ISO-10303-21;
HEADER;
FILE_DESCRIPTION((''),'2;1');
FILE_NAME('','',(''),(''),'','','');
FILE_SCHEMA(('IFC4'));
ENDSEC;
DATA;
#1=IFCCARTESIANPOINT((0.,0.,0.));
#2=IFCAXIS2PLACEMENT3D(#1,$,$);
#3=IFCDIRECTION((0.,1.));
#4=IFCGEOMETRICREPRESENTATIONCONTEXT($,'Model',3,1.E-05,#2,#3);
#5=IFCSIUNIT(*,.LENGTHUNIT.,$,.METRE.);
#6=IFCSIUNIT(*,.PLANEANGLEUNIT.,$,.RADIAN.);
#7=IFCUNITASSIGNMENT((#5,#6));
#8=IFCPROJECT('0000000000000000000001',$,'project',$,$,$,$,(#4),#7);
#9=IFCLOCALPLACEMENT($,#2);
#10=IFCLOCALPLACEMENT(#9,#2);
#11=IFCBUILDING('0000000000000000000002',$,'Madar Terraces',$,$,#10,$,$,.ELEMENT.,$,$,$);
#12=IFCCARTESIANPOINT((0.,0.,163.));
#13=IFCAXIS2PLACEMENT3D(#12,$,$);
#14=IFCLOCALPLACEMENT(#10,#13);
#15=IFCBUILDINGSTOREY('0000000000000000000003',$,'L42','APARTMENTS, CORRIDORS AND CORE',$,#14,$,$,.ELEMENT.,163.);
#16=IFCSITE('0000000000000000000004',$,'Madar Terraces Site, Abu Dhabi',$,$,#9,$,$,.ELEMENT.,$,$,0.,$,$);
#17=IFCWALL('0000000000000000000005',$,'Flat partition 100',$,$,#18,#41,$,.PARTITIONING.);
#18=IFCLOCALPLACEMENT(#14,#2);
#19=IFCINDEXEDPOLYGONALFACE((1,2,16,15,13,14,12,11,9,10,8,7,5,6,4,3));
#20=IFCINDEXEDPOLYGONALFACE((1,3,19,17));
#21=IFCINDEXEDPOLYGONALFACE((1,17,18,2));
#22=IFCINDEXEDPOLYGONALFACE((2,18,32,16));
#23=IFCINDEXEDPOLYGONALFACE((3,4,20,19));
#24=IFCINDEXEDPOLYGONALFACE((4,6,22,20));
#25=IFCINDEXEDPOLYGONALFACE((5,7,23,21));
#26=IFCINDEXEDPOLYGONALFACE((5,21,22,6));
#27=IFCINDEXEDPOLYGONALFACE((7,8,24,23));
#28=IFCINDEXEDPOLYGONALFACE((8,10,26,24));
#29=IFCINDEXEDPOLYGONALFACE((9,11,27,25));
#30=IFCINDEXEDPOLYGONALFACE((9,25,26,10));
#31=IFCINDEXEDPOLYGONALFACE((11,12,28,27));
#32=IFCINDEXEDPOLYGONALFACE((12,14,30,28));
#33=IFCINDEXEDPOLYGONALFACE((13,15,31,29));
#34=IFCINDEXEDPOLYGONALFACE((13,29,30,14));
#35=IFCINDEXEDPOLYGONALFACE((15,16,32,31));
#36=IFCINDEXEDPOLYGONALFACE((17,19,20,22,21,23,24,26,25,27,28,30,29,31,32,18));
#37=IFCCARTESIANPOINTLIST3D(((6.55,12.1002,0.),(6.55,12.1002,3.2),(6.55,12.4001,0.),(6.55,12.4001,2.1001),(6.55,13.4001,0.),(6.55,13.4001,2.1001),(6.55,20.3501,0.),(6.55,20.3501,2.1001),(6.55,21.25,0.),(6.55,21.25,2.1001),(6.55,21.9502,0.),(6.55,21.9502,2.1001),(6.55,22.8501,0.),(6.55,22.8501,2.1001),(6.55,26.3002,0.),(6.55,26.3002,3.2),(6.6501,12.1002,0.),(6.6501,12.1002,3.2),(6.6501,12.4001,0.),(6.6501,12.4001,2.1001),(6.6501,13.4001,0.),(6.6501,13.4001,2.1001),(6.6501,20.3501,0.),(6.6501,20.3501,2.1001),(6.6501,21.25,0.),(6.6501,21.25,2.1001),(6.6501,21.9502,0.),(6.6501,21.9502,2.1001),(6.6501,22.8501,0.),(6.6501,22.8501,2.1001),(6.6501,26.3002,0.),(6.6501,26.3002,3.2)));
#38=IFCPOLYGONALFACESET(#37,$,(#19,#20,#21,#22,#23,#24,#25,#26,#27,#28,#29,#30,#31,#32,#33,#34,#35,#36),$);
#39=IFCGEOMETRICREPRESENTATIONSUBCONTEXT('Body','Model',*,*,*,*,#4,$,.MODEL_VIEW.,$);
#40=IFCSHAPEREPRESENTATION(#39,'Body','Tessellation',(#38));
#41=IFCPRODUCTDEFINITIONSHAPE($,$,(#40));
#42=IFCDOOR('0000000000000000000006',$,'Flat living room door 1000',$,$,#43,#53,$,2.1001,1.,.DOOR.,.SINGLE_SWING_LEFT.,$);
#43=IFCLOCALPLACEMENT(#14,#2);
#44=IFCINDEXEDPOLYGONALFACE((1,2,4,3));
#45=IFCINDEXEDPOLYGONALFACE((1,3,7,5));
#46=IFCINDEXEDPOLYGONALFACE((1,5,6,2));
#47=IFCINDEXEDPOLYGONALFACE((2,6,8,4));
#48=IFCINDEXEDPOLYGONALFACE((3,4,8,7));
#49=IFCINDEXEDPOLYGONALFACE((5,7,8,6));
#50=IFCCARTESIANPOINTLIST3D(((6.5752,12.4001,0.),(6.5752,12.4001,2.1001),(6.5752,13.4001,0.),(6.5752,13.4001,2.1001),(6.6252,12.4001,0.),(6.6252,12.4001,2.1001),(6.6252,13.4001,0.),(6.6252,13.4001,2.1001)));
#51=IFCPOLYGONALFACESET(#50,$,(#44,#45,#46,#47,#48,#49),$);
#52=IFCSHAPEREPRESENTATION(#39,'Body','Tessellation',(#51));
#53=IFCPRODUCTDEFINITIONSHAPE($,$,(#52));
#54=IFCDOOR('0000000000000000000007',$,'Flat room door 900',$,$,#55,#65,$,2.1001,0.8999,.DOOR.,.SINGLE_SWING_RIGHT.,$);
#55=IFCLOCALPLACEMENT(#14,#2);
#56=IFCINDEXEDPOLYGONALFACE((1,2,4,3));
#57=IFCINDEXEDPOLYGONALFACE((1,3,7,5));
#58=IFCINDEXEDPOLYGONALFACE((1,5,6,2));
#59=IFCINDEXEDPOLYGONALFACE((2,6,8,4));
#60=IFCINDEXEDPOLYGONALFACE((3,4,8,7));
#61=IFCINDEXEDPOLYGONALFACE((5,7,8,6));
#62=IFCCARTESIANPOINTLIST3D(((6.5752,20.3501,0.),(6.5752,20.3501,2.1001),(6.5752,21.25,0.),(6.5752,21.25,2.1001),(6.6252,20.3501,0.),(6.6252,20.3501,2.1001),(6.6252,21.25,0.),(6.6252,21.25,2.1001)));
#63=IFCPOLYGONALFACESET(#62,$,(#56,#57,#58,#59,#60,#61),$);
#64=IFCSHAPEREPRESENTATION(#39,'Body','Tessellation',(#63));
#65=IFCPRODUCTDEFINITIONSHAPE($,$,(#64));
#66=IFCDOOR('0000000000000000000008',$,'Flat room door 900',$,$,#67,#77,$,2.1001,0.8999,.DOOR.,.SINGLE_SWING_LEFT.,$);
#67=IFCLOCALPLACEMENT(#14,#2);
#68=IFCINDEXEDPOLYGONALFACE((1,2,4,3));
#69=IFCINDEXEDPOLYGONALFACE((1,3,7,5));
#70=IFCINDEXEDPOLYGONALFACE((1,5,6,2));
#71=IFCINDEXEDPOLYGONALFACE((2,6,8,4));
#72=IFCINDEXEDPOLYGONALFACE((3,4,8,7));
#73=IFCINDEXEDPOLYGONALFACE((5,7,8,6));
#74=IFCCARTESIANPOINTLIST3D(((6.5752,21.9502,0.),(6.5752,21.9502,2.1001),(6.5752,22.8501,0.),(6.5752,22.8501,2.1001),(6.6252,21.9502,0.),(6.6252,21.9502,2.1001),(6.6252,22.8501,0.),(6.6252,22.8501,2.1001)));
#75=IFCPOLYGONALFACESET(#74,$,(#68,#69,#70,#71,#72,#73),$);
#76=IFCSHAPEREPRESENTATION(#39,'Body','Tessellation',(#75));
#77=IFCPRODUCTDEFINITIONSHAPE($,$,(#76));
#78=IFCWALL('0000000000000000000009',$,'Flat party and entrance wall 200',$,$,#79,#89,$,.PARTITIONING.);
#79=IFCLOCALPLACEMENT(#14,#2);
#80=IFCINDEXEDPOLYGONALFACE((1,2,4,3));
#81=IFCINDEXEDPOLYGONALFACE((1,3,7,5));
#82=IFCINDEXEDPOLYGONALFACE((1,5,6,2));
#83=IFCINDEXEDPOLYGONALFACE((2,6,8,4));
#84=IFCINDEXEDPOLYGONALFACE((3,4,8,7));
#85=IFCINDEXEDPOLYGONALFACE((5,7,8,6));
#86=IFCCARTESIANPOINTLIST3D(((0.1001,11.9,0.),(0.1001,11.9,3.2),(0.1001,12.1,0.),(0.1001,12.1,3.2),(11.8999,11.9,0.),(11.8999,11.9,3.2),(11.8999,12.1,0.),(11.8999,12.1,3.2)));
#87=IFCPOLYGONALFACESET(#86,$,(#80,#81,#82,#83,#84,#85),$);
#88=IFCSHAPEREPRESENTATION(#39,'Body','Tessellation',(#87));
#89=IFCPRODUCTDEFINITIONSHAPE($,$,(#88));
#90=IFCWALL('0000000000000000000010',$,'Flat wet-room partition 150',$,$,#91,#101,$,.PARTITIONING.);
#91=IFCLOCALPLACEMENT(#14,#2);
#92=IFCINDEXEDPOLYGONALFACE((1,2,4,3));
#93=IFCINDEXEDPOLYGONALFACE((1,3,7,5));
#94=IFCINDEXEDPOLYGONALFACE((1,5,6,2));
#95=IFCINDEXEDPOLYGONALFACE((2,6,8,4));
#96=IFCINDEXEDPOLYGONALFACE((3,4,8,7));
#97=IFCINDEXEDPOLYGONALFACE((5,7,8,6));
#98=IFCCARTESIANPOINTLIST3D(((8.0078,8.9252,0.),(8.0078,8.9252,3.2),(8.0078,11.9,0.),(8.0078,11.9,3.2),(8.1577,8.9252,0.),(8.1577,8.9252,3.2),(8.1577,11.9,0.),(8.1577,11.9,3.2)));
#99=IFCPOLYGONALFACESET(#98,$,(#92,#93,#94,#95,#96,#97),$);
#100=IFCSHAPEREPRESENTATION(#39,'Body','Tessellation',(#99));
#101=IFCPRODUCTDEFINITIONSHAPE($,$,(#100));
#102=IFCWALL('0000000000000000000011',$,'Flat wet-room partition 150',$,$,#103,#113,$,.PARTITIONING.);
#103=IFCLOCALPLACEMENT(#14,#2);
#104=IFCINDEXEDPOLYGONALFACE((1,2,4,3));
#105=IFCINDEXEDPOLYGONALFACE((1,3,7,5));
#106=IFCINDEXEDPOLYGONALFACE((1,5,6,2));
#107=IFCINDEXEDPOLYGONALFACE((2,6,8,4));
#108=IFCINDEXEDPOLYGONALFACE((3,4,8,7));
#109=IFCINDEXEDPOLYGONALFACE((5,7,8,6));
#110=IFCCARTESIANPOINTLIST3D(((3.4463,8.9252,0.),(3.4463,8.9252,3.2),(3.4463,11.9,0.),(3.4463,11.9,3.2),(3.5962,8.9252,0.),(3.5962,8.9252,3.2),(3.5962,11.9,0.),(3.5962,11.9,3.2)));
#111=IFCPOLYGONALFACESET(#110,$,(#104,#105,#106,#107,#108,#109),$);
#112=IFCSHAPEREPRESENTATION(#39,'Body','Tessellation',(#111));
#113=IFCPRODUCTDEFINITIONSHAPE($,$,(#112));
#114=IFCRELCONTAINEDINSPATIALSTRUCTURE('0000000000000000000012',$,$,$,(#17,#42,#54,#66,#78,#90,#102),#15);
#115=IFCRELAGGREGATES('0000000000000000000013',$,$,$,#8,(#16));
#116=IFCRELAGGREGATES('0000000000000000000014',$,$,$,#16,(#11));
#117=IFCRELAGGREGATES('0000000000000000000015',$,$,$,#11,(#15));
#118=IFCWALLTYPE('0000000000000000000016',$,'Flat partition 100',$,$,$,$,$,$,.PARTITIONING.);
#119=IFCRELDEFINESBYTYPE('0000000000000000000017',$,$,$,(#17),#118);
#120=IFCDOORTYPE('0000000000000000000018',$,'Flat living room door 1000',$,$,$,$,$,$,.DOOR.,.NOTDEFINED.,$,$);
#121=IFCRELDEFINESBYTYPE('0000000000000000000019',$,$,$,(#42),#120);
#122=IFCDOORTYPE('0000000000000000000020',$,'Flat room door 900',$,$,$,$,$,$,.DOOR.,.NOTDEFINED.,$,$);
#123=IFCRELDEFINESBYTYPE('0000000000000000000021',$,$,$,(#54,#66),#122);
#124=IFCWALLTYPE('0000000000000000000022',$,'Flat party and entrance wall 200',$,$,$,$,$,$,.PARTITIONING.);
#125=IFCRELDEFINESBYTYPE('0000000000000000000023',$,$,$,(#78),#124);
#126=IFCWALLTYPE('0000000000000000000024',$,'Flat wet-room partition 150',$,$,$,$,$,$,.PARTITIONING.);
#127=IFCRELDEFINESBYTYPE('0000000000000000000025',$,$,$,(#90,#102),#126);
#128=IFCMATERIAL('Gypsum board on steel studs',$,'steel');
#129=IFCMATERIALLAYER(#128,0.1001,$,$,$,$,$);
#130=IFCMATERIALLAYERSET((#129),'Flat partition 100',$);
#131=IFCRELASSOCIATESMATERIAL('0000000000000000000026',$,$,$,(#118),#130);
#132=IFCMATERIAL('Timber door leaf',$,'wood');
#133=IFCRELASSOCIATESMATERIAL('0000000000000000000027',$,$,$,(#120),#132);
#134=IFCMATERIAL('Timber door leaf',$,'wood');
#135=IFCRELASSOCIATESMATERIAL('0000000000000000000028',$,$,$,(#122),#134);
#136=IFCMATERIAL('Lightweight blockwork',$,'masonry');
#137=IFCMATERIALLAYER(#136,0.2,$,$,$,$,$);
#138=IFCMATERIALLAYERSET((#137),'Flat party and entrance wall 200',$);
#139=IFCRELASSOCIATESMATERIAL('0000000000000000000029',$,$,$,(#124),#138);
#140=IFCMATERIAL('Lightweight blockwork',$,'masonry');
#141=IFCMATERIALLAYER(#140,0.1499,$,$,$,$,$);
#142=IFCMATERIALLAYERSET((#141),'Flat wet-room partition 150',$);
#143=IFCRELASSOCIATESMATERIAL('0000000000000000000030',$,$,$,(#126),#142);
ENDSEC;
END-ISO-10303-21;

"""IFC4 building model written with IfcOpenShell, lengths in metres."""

from ifc_helpers import new_model, si_unit, direction, frame, frame_2d, origin, place, context, subcontext, project, spatial, rectangle, extrude, material, layer, layer_set, type_object, element, fill, save


model = new_model("IFC4")

# Units and contexts
model_context = context("Model", 3, precision=1e-05, world=origin(), true_north=direction((0.0, 1.0)))
body_context = subcontext(model_context, "Body", "Model", "MODEL_VIEW")
ifc_project = project(units=[si_unit("LENGTHUNIT", "METRE"), si_unit("PLANEANGLEUNIT", "RADIAN")], contexts=[model_context])

# Site, building, storey
site_placement = place(None, origin())
site = spatial("IfcSite", under=ifc_project, at=site_placement, Name="Madar Terraces Site, Abu Dhabi", CompositionType="ELEMENT", RefElevation=0.0)
building_placement = place(site_placement, origin())
building = spatial("IfcBuilding", under=site, at=building_placement, Name="Madar Terraces", CompositionType="ELEMENT")
storey_placement = place(building_placement, frame((0.0, 0.0, 163.0)))
storey = spatial("IfcBuildingStorey", under=building, at=storey_placement, Name="L42", Description="APARTMENTS, CORRIDORS AND CORE", CompositionType="ELEMENT", Elevation=163.0)

# Shared definitions
ifc_material_1 = material(Name="Gypsum board on steel studs", Category="steel")
ifc_layer_1 = layer(ifc_material_1, 0.1001)
ifc_layer_set_1 = layer_set([ifc_layer_1], Name="Flat partition 100")
wall_type_1 = type_object("IfcWallType", Name="Flat partition 100", PredefinedType="PARTITIONING", material=ifc_layer_set_1)

# Wall, openings, doors
wall_1_placement = place(storey_placement, frame((6.6001, 12.1001, 0.0), z_axis=(0.0, 0.0, 1.0), x_axis=(0.0, 1.0, 0.0)))
wall_1 = element("IfcWall", 1, at=wall_1_placement, inside=storey, type_object=wall_type_1, Name="Flat partition 100", PredefinedType="PARTITIONING", context=body_context, shape_type="SweptSolid", body=[
    extrude(rectangle(XDim=14.2, YDim=0.1001, at=frame_2d((7.1001, 0.0))), origin(), (0.0, 0.0, 1.0), 3.2),
])
opening_1_placement = place(wall_1_placement, frame((0.3, 0.0, 0.0)))
opening_1 = element("IfcOpeningElement", 2, at=opening_1_placement, cuts=wall_1, PredefinedType="OPENING", context=body_context, shape_type="SweptSolid", body=[
    extrude(rectangle(XDim=1.0, YDim=2.1001, at=frame_2d((0.5, 1.05))), frame((0.0, 0.0601, 0.0), z_axis=(0.0, -1.0, 0.0), x_axis=(1.0, 0.0, 0.0)), (0.0, 0.0, 1.0), 0.1201),
])
opening_2_placement = place(wall_1_placement, frame((8.25, 0.0, 0.0)))
opening_2 = element("IfcOpeningElement", 3, at=opening_2_placement, cuts=wall_1, PredefinedType="OPENING", context=body_context, shape_type="SweptSolid", body=[
    extrude(rectangle(XDim=0.8999, YDim=2.1001, at=frame_2d((0.45, 1.05))), frame((0.0, 0.0601, 0.0), z_axis=(0.0, -1.0, 0.0), x_axis=(1.0, 0.0, 0.0)), (0.0, 0.0, 1.0), 0.1201),
])
opening_3_placement = place(wall_1_placement, frame((9.8501, 0.0, 0.0)))
opening_3 = element("IfcOpeningElement", 4, at=opening_3_placement, cuts=wall_1, PredefinedType="OPENING", context=body_context, shape_type="SweptSolid", body=[
    extrude(rectangle(XDim=0.8999, YDim=2.1001, at=frame_2d((0.45, 1.05))), frame((0.0, 0.0601, 0.0), z_axis=(0.0, -1.0, 0.0), x_axis=(1.0, 0.0, 0.0)), (0.0, 0.0, 1.0), 0.1201),
])
ifc_material_2 = material(Name="Timber door leaf", Category="wood")
door_type_1 = type_object("IfcDoorType", Name="Flat living room door 1000", OperationType="NOTDEFINED", PredefinedType="DOOR", material=ifc_material_2)
door_1_placement = place(opening_1_placement, origin())
door_1 = element("IfcDoor", 5, at=door_1_placement, inside=storey, type_object=door_type_1, Name="Flat living room door 1000", OperationType="SINGLE_SWING_LEFT", OverallHeight=2.1001, OverallWidth=1.0, PredefinedType="DOOR", context=body_context, shape_type="SweptSolid", body=[
    extrude(rectangle(XDim=1.0, YDim=2.1001, at=frame_2d((0.5, 1.05))), frame((0.0, 0.0249, 0.0), z_axis=(0.0, -1.0, 0.0), x_axis=(1.0, 0.0, 0.0)), (0.0, 0.0, 1.0), 0.05),
])
fill(opening_1, door_1)
ifc_material_3 = material(Name="Timber door leaf", Category="wood")
door_type_2 = type_object("IfcDoorType", Name="Flat room door 900", OperationType="NOTDEFINED", PredefinedType="DOOR", material=ifc_material_3)
door_2_placement = place(opening_2_placement, origin())
door_2 = element("IfcDoor", 6, at=door_2_placement, inside=storey, type_object=door_type_2, Name="Flat room door 900", OperationType="SINGLE_SWING_RIGHT", OverallHeight=2.1001, OverallWidth=0.8999, PredefinedType="DOOR", context=body_context, shape_type="SweptSolid", body=[
    extrude(rectangle(XDim=0.8999, YDim=2.1001, at=frame_2d((0.45, 1.05))), frame((0.0, 0.0249, 0.0), z_axis=(0.0, -1.0, 0.0), x_axis=(1.0, 0.0, 0.0)), (0.0, 0.0, 1.0), 0.05),
])
fill(opening_2, door_2)
door_3_placement = place(opening_3_placement, origin())
door_3 = element("IfcDoor", 7, at=door_3_placement, inside=storey, type_object=door_type_2, Name="Flat room door 900", OperationType="SINGLE_SWING_LEFT", OverallHeight=2.1001, OverallWidth=0.8999, PredefinedType="DOOR", context=body_context, shape_type="SweptSolid", body=[
    extrude(rectangle(XDim=0.8999, YDim=2.1001, at=frame_2d((0.45, 1.05))), frame((0.0, 0.0249, 0.0), z_axis=(0.0, -1.0, 0.0), x_axis=(1.0, 0.0, 0.0)), (0.0, 0.0, 1.0), 0.05),
])
fill(opening_3, door_3)

# Walls
ifc_material_4 = material(Name="Lightweight blockwork", Category="masonry")
ifc_layer_2 = layer(ifc_material_4, 0.2)
ifc_layer_set_2 = layer_set([ifc_layer_2], Name="Flat party and entrance wall 200")
wall_type_2 = type_object("IfcWallType", Name="Flat party and entrance wall 200", PredefinedType="PARTITIONING", material=ifc_layer_set_2)
wall_2_placement = place(storey_placement, frame((0.1001, 12.0, 0.0), z_axis=(0.0, 0.0, 1.0), x_axis=(1.0, 0.0, 0.0)))
element("IfcWall", 8, at=wall_2_placement, inside=storey, type_object=wall_type_2, Name="Flat party and entrance wall 200", PredefinedType="PARTITIONING", context=body_context, shape_type="SweptSolid", body=[
    extrude(rectangle(XDim=11.7998, YDim=0.2, at=frame_2d((5.8999, 0.0))), origin(), (0.0, 0.0, 1.0), 3.2),
])
ifc_material_5 = material(Name="Lightweight blockwork", Category="masonry")
ifc_layer_3 = layer(ifc_material_5, 0.1499)
ifc_layer_set_3 = layer_set([ifc_layer_3], Name="Flat wet-room partition 150")
wall_type_3 = type_object("IfcWallType", Name="Flat wet-room partition 150", PredefinedType="PARTITIONING", material=ifc_layer_set_3)
for number, where, z_axis, x_axis, name in (
    (9, (8.0828, 11.8999, 0.0), (0.0, 0.0, 1.0), (0.0, -1.0, 0.0), "Flat wet-room partition 150"),
    (10, (3.5212, 11.8999, 0.0), (0.0, 0.0, 1.0), (0.0, -1.0, 0.0), "Flat wet-room partition 150"),
):
    element("IfcWall", number, at=place(storey_placement, frame(where, z_axis=z_axis, x_axis=x_axis)), inside=storey, type_object=wall_type_3, Name=name, PredefinedType="PARTITIONING", context=body_context, shape_type="SweptSolid", body=[
        extrude(rectangle(XDim=2.9749, YDim=0.1499, at=frame_2d((1.4873, 0.0))), origin(), (0.0, 0.0, 1.0), 3.2),
    ])

save(model, "model.ifc")
